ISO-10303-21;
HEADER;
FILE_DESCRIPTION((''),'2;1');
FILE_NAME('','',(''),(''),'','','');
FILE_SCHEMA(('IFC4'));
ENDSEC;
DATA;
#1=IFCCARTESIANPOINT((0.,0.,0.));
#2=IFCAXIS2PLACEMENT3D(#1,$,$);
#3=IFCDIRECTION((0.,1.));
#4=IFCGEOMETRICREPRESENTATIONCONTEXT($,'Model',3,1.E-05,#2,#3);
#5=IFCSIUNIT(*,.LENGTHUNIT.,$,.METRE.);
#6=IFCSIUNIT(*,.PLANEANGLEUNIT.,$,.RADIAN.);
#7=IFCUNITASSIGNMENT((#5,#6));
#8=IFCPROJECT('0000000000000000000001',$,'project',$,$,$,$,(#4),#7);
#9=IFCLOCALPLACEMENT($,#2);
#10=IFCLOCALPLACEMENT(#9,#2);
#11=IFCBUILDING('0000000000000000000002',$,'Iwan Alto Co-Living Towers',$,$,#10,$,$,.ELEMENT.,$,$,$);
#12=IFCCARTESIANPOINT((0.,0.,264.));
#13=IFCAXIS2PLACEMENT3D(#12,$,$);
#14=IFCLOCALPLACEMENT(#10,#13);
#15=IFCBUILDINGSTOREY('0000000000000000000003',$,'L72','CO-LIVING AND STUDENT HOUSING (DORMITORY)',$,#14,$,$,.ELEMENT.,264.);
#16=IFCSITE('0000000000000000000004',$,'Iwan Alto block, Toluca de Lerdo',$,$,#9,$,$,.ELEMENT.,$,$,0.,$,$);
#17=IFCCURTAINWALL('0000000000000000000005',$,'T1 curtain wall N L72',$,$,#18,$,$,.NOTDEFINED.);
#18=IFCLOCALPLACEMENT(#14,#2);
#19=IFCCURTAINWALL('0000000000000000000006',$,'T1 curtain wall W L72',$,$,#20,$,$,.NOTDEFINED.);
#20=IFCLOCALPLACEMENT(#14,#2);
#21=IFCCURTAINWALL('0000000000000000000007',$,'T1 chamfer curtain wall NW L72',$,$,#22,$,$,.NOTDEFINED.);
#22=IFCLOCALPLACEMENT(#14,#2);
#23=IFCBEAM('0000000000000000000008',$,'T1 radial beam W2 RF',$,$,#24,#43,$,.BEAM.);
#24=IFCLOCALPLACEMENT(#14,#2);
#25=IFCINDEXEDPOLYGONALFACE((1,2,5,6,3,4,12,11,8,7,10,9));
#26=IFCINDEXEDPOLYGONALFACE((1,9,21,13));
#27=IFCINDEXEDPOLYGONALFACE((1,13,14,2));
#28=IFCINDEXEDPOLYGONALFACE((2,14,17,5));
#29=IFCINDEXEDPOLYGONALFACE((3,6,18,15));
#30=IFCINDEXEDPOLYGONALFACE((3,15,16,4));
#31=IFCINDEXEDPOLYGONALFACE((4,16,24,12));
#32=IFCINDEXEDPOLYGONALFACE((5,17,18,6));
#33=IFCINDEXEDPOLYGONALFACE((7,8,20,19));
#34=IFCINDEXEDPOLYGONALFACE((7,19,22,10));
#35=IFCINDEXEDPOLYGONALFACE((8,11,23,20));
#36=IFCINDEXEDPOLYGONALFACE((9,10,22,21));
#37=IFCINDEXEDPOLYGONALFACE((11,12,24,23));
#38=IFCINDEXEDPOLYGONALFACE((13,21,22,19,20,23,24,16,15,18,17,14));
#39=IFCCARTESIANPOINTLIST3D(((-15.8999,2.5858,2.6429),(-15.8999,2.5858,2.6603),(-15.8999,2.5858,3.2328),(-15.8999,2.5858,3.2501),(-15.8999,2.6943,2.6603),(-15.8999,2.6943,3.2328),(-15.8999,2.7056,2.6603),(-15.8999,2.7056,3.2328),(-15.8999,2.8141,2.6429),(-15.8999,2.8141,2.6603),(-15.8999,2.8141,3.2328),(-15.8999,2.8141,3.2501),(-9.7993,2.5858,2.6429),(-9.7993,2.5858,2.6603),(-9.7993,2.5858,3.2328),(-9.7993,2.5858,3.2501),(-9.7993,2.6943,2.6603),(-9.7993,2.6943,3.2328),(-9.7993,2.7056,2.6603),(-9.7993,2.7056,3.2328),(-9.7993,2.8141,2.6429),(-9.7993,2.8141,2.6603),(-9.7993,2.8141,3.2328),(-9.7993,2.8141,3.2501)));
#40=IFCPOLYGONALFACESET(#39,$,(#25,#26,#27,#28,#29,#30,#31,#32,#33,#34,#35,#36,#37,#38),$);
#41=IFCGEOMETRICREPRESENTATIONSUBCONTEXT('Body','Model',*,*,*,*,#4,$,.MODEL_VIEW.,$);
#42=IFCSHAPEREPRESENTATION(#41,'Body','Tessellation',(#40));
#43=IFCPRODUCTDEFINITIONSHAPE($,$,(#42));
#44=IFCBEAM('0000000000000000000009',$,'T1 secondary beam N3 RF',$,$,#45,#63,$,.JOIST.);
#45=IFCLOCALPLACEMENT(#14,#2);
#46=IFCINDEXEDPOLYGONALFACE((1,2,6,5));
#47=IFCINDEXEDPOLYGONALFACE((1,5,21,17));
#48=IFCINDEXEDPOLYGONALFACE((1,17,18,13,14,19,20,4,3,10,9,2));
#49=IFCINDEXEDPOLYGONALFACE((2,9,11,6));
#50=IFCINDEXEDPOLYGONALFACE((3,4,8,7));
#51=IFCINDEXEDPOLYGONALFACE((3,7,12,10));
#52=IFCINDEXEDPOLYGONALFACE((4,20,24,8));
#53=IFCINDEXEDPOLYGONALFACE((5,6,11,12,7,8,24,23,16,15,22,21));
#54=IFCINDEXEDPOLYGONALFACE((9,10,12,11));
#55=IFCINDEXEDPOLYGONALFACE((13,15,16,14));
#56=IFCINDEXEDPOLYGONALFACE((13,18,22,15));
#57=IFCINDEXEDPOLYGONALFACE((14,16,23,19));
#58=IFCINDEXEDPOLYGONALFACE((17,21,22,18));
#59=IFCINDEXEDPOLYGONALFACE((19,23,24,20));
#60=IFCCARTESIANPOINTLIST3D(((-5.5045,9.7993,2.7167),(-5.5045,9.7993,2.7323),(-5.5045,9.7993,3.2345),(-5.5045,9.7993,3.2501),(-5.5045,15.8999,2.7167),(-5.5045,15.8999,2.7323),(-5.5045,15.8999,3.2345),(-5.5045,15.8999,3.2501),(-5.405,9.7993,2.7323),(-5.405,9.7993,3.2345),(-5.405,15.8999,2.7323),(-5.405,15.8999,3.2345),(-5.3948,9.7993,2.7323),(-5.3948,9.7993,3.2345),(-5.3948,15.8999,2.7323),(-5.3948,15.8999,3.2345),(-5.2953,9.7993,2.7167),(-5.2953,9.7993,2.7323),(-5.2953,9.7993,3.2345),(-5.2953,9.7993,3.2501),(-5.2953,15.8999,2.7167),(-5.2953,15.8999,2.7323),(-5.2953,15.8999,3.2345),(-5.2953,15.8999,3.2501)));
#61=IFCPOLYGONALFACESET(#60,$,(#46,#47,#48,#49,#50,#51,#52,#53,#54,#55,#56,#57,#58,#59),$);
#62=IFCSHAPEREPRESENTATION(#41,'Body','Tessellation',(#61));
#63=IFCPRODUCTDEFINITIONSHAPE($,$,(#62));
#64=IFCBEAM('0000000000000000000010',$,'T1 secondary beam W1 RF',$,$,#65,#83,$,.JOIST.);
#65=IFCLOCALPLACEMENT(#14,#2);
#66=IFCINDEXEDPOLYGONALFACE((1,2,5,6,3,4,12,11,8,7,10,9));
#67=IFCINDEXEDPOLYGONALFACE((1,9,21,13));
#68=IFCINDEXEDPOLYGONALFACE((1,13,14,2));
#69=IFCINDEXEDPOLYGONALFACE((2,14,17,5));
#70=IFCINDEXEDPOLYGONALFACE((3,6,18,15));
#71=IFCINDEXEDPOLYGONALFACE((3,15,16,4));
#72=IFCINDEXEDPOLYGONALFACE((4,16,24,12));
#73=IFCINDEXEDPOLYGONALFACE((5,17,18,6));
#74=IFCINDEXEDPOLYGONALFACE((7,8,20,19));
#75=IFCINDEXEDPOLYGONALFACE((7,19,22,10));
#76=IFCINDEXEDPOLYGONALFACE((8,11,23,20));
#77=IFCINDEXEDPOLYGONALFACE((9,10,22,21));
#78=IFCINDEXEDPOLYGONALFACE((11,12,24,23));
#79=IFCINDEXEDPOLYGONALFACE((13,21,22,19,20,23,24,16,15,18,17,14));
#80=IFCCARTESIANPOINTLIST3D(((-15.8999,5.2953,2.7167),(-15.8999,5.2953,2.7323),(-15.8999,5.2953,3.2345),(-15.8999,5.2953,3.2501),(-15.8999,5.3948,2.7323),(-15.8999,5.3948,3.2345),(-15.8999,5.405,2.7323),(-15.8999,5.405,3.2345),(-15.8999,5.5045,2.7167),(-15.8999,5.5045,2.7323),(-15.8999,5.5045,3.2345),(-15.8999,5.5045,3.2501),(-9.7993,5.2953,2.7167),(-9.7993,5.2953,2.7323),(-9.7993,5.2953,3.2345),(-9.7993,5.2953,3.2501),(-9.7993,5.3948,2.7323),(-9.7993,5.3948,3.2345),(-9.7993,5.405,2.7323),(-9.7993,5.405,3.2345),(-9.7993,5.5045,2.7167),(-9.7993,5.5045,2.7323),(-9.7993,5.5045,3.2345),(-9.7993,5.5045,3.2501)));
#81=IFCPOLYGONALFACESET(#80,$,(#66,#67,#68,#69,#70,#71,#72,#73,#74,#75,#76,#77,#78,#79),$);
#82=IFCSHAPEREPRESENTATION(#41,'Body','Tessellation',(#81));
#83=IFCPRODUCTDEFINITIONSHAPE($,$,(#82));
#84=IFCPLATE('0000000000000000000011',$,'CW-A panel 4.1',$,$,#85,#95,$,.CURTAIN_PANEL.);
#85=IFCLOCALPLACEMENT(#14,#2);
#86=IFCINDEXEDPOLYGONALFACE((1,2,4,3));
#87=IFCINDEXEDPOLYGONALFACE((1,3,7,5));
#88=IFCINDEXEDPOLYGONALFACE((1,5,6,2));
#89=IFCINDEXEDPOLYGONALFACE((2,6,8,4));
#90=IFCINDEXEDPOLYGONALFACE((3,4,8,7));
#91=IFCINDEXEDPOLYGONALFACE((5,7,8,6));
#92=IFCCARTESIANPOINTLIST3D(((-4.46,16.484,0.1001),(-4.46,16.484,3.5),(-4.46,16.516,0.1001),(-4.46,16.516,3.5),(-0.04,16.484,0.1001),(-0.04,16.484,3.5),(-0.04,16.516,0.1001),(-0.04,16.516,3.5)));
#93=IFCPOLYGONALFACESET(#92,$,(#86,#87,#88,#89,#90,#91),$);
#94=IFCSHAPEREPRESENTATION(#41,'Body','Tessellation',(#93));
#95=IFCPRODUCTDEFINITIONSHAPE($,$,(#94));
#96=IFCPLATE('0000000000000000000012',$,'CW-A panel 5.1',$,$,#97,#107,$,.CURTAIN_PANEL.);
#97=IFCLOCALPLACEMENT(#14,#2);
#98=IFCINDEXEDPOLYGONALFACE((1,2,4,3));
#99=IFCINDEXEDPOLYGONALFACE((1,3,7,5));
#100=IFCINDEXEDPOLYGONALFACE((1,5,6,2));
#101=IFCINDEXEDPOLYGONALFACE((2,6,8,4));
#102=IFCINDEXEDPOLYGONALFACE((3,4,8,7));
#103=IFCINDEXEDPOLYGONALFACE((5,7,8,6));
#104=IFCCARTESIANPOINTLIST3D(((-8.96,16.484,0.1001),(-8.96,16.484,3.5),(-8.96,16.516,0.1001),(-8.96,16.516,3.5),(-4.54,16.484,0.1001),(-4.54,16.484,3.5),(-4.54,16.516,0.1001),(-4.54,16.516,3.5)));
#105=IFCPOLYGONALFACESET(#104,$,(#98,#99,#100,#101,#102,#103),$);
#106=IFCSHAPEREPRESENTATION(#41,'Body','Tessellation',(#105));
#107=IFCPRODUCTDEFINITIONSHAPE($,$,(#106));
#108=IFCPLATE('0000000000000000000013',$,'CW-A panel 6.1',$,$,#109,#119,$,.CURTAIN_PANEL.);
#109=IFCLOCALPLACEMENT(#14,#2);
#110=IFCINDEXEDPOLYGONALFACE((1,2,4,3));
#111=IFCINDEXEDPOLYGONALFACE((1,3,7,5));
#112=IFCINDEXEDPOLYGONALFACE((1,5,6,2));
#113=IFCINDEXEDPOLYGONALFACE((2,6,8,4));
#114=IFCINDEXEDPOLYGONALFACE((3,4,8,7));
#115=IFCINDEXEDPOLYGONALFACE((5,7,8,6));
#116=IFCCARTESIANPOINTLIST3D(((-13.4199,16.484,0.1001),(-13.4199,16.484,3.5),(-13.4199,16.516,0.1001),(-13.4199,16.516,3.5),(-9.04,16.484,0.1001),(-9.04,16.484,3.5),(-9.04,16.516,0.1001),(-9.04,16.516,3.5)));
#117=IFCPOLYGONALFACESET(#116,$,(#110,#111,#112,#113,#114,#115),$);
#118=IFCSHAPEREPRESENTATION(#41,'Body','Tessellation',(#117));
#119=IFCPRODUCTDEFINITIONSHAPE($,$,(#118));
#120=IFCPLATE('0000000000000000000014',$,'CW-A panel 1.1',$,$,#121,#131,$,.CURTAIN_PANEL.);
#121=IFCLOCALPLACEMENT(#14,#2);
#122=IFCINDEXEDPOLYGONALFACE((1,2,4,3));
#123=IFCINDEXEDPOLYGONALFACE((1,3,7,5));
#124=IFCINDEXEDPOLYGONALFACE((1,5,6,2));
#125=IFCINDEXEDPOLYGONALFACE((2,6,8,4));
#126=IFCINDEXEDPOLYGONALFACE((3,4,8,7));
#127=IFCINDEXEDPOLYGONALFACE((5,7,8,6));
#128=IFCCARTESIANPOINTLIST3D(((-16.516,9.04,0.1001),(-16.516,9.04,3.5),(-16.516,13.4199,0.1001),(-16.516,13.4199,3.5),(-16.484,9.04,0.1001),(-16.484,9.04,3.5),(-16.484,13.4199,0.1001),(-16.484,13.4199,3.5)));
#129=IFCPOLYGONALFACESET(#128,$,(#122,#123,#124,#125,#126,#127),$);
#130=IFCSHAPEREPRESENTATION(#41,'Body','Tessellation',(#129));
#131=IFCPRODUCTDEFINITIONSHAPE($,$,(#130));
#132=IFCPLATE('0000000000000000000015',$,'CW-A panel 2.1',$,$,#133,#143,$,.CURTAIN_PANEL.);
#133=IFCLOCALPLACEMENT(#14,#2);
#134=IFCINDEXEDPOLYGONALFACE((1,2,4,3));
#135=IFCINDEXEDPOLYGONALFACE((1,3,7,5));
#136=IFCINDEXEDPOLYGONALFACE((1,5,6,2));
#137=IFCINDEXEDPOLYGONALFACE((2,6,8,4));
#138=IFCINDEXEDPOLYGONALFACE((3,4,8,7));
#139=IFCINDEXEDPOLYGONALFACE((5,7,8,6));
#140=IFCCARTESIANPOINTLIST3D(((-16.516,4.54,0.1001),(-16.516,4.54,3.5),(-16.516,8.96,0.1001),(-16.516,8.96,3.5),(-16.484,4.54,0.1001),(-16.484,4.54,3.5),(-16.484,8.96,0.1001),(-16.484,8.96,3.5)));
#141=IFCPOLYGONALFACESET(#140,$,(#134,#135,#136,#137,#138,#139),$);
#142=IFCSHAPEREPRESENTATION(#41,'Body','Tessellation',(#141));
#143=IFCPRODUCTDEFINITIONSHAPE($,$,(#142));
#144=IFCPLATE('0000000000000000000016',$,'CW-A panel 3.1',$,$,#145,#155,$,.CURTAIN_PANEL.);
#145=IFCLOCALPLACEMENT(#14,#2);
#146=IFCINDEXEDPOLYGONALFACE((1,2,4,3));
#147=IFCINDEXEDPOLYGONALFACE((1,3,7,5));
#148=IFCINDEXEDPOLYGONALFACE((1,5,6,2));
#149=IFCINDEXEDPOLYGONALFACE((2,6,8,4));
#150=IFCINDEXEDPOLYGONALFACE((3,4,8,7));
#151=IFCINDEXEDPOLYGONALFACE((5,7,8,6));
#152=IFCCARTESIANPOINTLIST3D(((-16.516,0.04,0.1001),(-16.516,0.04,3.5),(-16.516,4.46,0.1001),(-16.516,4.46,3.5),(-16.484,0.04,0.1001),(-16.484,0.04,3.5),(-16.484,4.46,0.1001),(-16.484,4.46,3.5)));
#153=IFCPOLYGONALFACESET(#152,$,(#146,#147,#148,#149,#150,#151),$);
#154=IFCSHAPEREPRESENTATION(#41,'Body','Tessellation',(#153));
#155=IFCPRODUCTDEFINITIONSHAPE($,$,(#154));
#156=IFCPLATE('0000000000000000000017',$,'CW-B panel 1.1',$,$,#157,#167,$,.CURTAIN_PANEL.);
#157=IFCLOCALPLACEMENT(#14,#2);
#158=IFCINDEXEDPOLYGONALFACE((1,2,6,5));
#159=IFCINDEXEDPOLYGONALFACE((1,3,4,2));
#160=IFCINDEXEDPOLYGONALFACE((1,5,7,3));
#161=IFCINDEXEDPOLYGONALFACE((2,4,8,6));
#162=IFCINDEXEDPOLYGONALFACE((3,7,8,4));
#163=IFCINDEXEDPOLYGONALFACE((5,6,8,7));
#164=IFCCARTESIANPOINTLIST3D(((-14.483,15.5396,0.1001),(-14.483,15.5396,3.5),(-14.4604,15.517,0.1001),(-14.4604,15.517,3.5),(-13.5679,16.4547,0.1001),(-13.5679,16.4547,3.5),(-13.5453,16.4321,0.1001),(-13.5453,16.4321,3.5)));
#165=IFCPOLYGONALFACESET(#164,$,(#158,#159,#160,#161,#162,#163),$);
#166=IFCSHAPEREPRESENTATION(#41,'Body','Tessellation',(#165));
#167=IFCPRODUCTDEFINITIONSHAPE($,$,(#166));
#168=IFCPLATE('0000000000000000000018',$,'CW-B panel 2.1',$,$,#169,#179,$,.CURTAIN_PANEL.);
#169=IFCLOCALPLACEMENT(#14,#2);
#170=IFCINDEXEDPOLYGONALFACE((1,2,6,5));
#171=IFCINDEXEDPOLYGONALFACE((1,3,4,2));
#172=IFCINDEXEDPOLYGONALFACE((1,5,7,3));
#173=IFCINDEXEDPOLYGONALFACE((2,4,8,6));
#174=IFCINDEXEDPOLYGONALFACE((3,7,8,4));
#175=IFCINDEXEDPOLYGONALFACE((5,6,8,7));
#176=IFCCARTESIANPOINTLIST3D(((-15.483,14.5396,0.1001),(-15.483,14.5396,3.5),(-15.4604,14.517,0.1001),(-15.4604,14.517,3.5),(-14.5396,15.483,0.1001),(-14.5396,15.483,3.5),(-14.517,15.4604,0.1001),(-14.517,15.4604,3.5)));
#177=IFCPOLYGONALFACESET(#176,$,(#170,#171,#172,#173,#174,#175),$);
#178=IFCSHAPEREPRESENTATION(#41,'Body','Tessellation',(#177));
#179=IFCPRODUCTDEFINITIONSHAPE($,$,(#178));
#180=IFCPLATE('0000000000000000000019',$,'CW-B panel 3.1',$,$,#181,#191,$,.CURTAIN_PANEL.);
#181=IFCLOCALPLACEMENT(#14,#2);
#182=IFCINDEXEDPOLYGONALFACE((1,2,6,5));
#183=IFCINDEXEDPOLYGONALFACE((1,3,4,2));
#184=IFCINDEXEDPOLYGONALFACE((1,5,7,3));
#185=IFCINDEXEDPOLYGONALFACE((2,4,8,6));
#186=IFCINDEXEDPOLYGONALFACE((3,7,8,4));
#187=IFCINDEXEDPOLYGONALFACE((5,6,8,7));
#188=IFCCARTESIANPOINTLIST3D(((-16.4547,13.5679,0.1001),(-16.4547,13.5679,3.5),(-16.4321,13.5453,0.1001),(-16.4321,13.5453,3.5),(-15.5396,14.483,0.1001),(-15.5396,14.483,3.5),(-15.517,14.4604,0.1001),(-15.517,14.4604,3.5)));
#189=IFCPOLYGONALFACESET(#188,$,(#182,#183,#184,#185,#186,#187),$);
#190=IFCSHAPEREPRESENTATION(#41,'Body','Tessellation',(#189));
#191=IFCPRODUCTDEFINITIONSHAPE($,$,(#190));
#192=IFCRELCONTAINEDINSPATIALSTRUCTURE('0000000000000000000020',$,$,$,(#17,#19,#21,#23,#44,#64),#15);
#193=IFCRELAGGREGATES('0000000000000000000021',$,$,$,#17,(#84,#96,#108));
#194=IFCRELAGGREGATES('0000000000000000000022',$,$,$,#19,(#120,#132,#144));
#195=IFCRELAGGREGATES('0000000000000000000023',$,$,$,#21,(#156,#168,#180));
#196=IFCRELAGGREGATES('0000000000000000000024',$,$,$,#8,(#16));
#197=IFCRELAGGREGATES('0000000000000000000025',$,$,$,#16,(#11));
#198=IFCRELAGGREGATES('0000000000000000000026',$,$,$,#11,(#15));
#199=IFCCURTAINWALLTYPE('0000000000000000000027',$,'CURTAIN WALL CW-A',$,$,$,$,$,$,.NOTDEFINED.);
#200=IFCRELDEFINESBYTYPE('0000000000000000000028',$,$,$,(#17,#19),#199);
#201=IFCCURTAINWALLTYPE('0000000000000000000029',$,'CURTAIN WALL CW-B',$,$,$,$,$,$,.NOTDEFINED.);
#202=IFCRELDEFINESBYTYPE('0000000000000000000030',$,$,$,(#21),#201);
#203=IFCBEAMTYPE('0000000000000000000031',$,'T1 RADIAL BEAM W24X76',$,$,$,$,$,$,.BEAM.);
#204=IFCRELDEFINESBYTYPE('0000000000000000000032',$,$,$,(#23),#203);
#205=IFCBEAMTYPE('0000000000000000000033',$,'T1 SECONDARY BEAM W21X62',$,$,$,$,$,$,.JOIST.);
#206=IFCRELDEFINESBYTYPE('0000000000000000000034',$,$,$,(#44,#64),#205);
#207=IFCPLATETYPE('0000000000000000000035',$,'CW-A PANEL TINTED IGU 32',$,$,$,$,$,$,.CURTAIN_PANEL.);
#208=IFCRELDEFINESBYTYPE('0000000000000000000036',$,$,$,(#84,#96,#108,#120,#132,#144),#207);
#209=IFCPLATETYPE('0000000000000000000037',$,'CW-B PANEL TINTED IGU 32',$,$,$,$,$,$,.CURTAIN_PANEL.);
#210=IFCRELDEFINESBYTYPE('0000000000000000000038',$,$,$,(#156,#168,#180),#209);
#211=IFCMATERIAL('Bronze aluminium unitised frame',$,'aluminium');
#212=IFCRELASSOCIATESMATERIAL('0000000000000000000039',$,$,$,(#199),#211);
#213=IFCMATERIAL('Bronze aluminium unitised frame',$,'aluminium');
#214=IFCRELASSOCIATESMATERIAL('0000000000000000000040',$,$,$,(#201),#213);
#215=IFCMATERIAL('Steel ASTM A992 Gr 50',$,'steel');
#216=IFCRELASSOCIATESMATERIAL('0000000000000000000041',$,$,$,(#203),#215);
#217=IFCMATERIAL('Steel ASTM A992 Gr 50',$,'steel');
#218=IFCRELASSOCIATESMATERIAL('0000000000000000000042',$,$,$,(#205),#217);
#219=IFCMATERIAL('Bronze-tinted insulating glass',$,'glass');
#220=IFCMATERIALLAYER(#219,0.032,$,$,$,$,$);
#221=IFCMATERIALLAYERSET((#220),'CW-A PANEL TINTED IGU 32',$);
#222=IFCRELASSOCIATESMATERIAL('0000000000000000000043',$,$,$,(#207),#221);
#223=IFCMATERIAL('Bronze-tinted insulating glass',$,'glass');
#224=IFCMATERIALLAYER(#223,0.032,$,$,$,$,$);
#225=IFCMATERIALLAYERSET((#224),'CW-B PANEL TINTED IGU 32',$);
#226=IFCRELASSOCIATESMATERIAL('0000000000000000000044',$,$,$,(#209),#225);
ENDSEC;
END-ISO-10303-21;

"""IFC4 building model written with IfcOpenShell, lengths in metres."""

from ifc_helpers import new_model, si_unit, direction, frame, origin, origin_2d, place, context, subcontext, project, spatial, rectangle, i_section, extrude, material, layer, layer_set, material_profile, profile_set, type_object, element, aggregate, save


model = new_model("IFC4")

# Units and contexts
model_context = context("Model", 3, precision=1e-05, world=origin(), true_north=direction((0.0, 1.0)))
body_context = subcontext(model_context, "Body", "Model", "MODEL_VIEW")
ifc_project = project(units=[si_unit("LENGTHUNIT", "METRE"), si_unit("PLANEANGLEUNIT", "RADIAN")], contexts=[model_context])

# Site, building, storey
site_placement = place(None, origin())
site = spatial("IfcSite", under=ifc_project, at=site_placement, Name="Iwan Alto block, Toluca de Lerdo", CompositionType="ELEMENT", RefElevation=0.0)
building_placement = place(site_placement, origin())
building = spatial("IfcBuilding", under=site, at=building_placement, Name="Iwan Alto Co-Living Towers", CompositionType="ELEMENT")
storey_placement = place(building_placement, frame((0.0, 0.0, 264.0)))
storey = spatial("IfcBuildingStorey", under=building, at=storey_placement, Name="L72", Description="CO-LIVING AND STUDENT HOUSING (DORMITORY)", CompositionType="ELEMENT", Elevation=264.0)

# Curtain walls
ifc_material_1 = material(Name="Bronze aluminium unitised frame", Category="aluminium")
curtain_wall_type_1 = type_object("IfcCurtainWallType", Name="CURTAIN WALL CW-A", PredefinedType="NOTDEFINED", material=ifc_material_1)
curtain_wall_1_placement = place(storey_placement, origin())
curtain_wall_1 = element("IfcCurtainWall", 1, at=curtain_wall_1_placement, inside=storey, type_object=curtain_wall_type_1, Name="T1 curtain wall N L72", PredefinedType="NOTDEFINED")
curtain_wall_2_placement = place(storey_placement, origin())
curtain_wall_2 = element("IfcCurtainWall", 2, at=curtain_wall_2_placement, inside=storey, type_object=curtain_wall_type_1, Name="T1 curtain wall W L72", PredefinedType="NOTDEFINED")
ifc_material_2 = material(Name="Bronze aluminium unitised frame", Category="aluminium")
curtain_wall_type_2 = type_object("IfcCurtainWallType", Name="CURTAIN WALL CW-B", PredefinedType="NOTDEFINED", material=ifc_material_2)
curtain_wall_3_placement = place(storey_placement, origin())
curtain_wall_3 = element("IfcCurtainWall", 3, at=curtain_wall_3_placement, inside=storey, type_object=curtain_wall_type_2, Name="T1 chamfer curtain wall NW L72", PredefinedType="NOTDEFINED")

# Beams
ifc_material_3 = material(Name="Steel ASTM A992 Gr 50", Category="steel")
ifc_material_profile_1 = material_profile(ifc_material_3, i_section(OverallWidth=0.2283, OverallDepth=0.6072, WebThickness=0.0112, FlangeThickness=0.0173, at=origin_2d()), Name="W24X76")
ifc_profile_set_1 = profile_set([ifc_material_profile_1], Name="Steel ASTM A992 Gr 50")
beam_type_1 = type_object("IfcBeamType", Name="T1 RADIAL BEAM W24X76", PredefinedType="BEAM", material=ifc_profile_set_1)
for number, where, z_axis, x_axis, name in (
    (4, (-15.8999, 2.7, 2.9465), (1.0, 0.0, 0.0), (0.0, 1.0, 0.0), "T1 radial beam W2 RF"),
):
    element("IfcBeam", number, at=place(storey_placement, frame(where, z_axis=z_axis, x_axis=x_axis)), inside=storey, type_object=beam_type_1, Name=name, PredefinedType="BEAM", context=body_context, shape_type="SweptSolid", body=[
        extrude(i_section(OverallWidth=0.2283, OverallDepth=0.6072, WebThickness=0.0112, FlangeThickness=0.0173, at=origin_2d()), origin(), (0.0, 0.0, 1.0), 6.1006),
    ])
ifc_material_4 = material(Name="Steel ASTM A992 Gr 50", Category="steel")
ifc_material_profile_2 = material_profile(ifc_material_4, i_section(OverallWidth=0.2092, OverallDepth=0.5334, WebThickness=0.0103, FlangeThickness=0.0156, at=origin_2d()), Name="W21X62")
ifc_profile_set_2 = profile_set([ifc_material_profile_2], Name="Steel ASTM A992 Gr 50")
beam_type_2 = type_object("IfcBeamType", Name="T1 SECONDARY BEAM W21X62", PredefinedType="JOIST", material=ifc_profile_set_2)
for number, where, z_axis, x_axis, name in (
    (5, (-5.3999, 15.8999, 2.9834), (0.0, -1.0, 0.0), (1.0, 0.0, 0.0), "T1 secondary beam N3 RF"),
    (6, (-15.8999, 5.3999, 2.9834), (1.0, 0.0, 0.0), (0.0, 1.0, 0.0), "T1 secondary beam W1 RF"),
):
    element("IfcBeam", number, at=place(storey_placement, frame(where, z_axis=z_axis, x_axis=x_axis)), inside=storey, type_object=beam_type_2, Name=name, PredefinedType="JOIST", context=body_context, shape_type="SweptSolid", body=[
        extrude(i_section(OverallWidth=0.2092, OverallDepth=0.5334, WebThickness=0.0103, FlangeThickness=0.0156, at=origin_2d()), origin(), (0.0, 0.0, 1.0), 6.1006),
    ])

# Plates
ifc_material_5 = material(Name="Bronze-tinted insulating glass", Category="glass")
ifc_layer_1 = layer(ifc_material_5, 0.032)
ifc_layer_set_1 = layer_set([ifc_layer_1], Name="CW-A PANEL TINTED IGU 32")
plate_type_1 = type_object("IfcPlateType", Name="CW-A PANEL TINTED IGU 32", PredefinedType="CURTAIN_PANEL", material=ifc_layer_set_1)
plate_1_placement = place(storey_placement, frame((-2.25, 16.5, 0.1001), z_axis=(0.0, 0.0, 1.0), x_axis=(-1.0, 0.0, 0.0)))
plate_1 = element("IfcPlate", 7, at=plate_1_placement, type_object=plate_type_1, Name="CW-A panel 4.1", PredefinedType="CURTAIN_PANEL", context=body_context, shape_type="SweptSolid", body=[
    extrude(rectangle(XDim=4.4199, YDim=0.032, at=origin_2d()), origin(), (0.0, 0.0, 1.0), 3.3999),
])
plate_2_placement = place(storey_placement, frame((-6.75, 16.5, 0.1001), z_axis=(0.0, 0.0, 1.0), x_axis=(-1.0, 0.0, 0.0)))
plate_2 = element("IfcPlate", 8, at=plate_2_placement, type_object=plate_type_1, Name="CW-A panel 5.1", PredefinedType="CURTAIN_PANEL", context=body_context, shape_type="SweptSolid", body=[
    extrude(rectangle(XDim=4.4199, YDim=0.032, at=origin_2d()), origin(), (0.0, 0.0, 1.0), 3.3999),
])
plate_3_placement = place(storey_placement, frame((-11.23, 16.5, 0.1001), z_axis=(0.0, 0.0, 1.0), x_axis=(-1.0, 0.0, 0.0)))
plate_3 = element("IfcPlate", 9, at=plate_3_placement, type_object=plate_type_1, Name="CW-A panel 6.1", PredefinedType="CURTAIN_PANEL", context=body_context, shape_type="SweptSolid", body=[
    extrude(rectangle(XDim=4.3799, YDim=0.032, at=origin_2d()), origin(), (0.0, 0.0, 1.0), 3.3999),
])
aggregate(curtain_wall_1, [plate_1, plate_2, plate_3])
plate_4_placement = place(storey_placement, frame((-16.5, 11.23, 0.1001), z_axis=(0.0, 0.0, 1.0), x_axis=(0.0, -1.0, 0.0)))
plate_4 = element("IfcPlate", 10, at=plate_4_placement, type_object=plate_type_1, Name="CW-A panel 1.1", PredefinedType="CURTAIN_PANEL", context=body_context, shape_type="SweptSolid", body=[
    extrude(rectangle(XDim=4.3799, YDim=0.032, at=origin_2d()), origin(), (0.0, 0.0, 1.0), 3.3999),
])
plate_5_placement = place(storey_placement, frame((-16.5, 6.75, 0.1001), z_axis=(0.0, 0.0, 1.0), x_axis=(0.0, -1.0, 0.0)))
plate_5 = element("IfcPlate", 11, at=plate_5_placement, type_object=plate_type_1, Name="CW-A panel 2.1", PredefinedType="CURTAIN_PANEL", context=body_context, shape_type="SweptSolid", body=[
    extrude(rectangle(XDim=4.4199, YDim=0.032, at=origin_2d()), origin(), (0.0, 0.0, 1.0), 3.3999),
])
plate_6_placement = place(storey_placement, frame((-16.5, 2.25, 0.1001), z_axis=(0.0, 0.0, 1.0), x_axis=(0.0, -1.0, 0.0)))
plate_6 = element("IfcPlate", 12, at=plate_6_placement, type_object=plate_type_1, Name="CW-A panel 3.1", PredefinedType="CURTAIN_PANEL", context=body_context, shape_type="SweptSolid", body=[
    extrude(rectangle(XDim=4.4199, YDim=0.032, at=origin_2d()), origin(), (0.0, 0.0, 1.0), 3.3999),
])
aggregate(curtain_wall_2, [plate_4, plate_5, plate_6])
ifc_material_6 = material(Name="Bronze-tinted insulating glass", Category="glass")
ifc_layer_2 = layer(ifc_material_6, 0.032)
ifc_layer_set_2 = layer_set([ifc_layer_2], Name="CW-B PANEL TINTED IGU 32")
plate_type_2 = type_object("IfcPlateType", Name="CW-B PANEL TINTED IGU 32", PredefinedType="CURTAIN_PANEL", material=ifc_layer_set_2)
plate_7_placement = place(storey_placement, frame((-14.0142, 15.9858, 0.1001), z_axis=(0.0, 0.0, 1.0), x_axis=(-0.707107, -0.707107, 0.0)))
plate_7 = element("IfcPlate", 13, at=plate_7_placement, type_object=plate_type_2, Name="CW-B panel 1.1", PredefinedType="CURTAIN_PANEL", context=body_context, shape_type="SweptSolid", body=[
    extrude(rectangle(XDim=1.2942, YDim=0.032, at=origin_2d()), origin(), (0.0, 0.0, 1.0), 3.3999),
])
plate_8_placement = place(storey_placement, frame((-15.0, 15.0, 0.1001), z_axis=(0.0, 0.0, 1.0), x_axis=(-0.707107, -0.707107, 0.0)))
plate_8 = element("IfcPlate", 14, at=plate_8_placement, type_object=plate_type_2, Name="CW-B panel 2.1", PredefinedType="CURTAIN_PANEL", context=body_context, shape_type="SweptSolid", body=[
    extrude(rectangle(XDim=1.3342, YDim=0.032, at=origin_2d()), origin(), (0.0, 0.0, 1.0), 3.3999),
])
plate_9_placement = place(storey_placement, frame((-15.9858, 14.0142, 0.1001), z_axis=(0.0, 0.0, 1.0), x_axis=(-0.707107, -0.707107, 0.0)))
plate_9 = element("IfcPlate", 15, at=plate_9_placement, type_object=plate_type_2, Name="CW-B panel 3.1", PredefinedType="CURTAIN_PANEL", context=body_context, shape_type="SweptSolid", body=[
    extrude(rectangle(XDim=1.2942, YDim=0.032, at=origin_2d()), origin(), (0.0, 0.0, 1.0), 3.3999),
])
aggregate(curtain_wall_3, [plate_7, plate_8, plate_9])

save(model, "model.ifc")
